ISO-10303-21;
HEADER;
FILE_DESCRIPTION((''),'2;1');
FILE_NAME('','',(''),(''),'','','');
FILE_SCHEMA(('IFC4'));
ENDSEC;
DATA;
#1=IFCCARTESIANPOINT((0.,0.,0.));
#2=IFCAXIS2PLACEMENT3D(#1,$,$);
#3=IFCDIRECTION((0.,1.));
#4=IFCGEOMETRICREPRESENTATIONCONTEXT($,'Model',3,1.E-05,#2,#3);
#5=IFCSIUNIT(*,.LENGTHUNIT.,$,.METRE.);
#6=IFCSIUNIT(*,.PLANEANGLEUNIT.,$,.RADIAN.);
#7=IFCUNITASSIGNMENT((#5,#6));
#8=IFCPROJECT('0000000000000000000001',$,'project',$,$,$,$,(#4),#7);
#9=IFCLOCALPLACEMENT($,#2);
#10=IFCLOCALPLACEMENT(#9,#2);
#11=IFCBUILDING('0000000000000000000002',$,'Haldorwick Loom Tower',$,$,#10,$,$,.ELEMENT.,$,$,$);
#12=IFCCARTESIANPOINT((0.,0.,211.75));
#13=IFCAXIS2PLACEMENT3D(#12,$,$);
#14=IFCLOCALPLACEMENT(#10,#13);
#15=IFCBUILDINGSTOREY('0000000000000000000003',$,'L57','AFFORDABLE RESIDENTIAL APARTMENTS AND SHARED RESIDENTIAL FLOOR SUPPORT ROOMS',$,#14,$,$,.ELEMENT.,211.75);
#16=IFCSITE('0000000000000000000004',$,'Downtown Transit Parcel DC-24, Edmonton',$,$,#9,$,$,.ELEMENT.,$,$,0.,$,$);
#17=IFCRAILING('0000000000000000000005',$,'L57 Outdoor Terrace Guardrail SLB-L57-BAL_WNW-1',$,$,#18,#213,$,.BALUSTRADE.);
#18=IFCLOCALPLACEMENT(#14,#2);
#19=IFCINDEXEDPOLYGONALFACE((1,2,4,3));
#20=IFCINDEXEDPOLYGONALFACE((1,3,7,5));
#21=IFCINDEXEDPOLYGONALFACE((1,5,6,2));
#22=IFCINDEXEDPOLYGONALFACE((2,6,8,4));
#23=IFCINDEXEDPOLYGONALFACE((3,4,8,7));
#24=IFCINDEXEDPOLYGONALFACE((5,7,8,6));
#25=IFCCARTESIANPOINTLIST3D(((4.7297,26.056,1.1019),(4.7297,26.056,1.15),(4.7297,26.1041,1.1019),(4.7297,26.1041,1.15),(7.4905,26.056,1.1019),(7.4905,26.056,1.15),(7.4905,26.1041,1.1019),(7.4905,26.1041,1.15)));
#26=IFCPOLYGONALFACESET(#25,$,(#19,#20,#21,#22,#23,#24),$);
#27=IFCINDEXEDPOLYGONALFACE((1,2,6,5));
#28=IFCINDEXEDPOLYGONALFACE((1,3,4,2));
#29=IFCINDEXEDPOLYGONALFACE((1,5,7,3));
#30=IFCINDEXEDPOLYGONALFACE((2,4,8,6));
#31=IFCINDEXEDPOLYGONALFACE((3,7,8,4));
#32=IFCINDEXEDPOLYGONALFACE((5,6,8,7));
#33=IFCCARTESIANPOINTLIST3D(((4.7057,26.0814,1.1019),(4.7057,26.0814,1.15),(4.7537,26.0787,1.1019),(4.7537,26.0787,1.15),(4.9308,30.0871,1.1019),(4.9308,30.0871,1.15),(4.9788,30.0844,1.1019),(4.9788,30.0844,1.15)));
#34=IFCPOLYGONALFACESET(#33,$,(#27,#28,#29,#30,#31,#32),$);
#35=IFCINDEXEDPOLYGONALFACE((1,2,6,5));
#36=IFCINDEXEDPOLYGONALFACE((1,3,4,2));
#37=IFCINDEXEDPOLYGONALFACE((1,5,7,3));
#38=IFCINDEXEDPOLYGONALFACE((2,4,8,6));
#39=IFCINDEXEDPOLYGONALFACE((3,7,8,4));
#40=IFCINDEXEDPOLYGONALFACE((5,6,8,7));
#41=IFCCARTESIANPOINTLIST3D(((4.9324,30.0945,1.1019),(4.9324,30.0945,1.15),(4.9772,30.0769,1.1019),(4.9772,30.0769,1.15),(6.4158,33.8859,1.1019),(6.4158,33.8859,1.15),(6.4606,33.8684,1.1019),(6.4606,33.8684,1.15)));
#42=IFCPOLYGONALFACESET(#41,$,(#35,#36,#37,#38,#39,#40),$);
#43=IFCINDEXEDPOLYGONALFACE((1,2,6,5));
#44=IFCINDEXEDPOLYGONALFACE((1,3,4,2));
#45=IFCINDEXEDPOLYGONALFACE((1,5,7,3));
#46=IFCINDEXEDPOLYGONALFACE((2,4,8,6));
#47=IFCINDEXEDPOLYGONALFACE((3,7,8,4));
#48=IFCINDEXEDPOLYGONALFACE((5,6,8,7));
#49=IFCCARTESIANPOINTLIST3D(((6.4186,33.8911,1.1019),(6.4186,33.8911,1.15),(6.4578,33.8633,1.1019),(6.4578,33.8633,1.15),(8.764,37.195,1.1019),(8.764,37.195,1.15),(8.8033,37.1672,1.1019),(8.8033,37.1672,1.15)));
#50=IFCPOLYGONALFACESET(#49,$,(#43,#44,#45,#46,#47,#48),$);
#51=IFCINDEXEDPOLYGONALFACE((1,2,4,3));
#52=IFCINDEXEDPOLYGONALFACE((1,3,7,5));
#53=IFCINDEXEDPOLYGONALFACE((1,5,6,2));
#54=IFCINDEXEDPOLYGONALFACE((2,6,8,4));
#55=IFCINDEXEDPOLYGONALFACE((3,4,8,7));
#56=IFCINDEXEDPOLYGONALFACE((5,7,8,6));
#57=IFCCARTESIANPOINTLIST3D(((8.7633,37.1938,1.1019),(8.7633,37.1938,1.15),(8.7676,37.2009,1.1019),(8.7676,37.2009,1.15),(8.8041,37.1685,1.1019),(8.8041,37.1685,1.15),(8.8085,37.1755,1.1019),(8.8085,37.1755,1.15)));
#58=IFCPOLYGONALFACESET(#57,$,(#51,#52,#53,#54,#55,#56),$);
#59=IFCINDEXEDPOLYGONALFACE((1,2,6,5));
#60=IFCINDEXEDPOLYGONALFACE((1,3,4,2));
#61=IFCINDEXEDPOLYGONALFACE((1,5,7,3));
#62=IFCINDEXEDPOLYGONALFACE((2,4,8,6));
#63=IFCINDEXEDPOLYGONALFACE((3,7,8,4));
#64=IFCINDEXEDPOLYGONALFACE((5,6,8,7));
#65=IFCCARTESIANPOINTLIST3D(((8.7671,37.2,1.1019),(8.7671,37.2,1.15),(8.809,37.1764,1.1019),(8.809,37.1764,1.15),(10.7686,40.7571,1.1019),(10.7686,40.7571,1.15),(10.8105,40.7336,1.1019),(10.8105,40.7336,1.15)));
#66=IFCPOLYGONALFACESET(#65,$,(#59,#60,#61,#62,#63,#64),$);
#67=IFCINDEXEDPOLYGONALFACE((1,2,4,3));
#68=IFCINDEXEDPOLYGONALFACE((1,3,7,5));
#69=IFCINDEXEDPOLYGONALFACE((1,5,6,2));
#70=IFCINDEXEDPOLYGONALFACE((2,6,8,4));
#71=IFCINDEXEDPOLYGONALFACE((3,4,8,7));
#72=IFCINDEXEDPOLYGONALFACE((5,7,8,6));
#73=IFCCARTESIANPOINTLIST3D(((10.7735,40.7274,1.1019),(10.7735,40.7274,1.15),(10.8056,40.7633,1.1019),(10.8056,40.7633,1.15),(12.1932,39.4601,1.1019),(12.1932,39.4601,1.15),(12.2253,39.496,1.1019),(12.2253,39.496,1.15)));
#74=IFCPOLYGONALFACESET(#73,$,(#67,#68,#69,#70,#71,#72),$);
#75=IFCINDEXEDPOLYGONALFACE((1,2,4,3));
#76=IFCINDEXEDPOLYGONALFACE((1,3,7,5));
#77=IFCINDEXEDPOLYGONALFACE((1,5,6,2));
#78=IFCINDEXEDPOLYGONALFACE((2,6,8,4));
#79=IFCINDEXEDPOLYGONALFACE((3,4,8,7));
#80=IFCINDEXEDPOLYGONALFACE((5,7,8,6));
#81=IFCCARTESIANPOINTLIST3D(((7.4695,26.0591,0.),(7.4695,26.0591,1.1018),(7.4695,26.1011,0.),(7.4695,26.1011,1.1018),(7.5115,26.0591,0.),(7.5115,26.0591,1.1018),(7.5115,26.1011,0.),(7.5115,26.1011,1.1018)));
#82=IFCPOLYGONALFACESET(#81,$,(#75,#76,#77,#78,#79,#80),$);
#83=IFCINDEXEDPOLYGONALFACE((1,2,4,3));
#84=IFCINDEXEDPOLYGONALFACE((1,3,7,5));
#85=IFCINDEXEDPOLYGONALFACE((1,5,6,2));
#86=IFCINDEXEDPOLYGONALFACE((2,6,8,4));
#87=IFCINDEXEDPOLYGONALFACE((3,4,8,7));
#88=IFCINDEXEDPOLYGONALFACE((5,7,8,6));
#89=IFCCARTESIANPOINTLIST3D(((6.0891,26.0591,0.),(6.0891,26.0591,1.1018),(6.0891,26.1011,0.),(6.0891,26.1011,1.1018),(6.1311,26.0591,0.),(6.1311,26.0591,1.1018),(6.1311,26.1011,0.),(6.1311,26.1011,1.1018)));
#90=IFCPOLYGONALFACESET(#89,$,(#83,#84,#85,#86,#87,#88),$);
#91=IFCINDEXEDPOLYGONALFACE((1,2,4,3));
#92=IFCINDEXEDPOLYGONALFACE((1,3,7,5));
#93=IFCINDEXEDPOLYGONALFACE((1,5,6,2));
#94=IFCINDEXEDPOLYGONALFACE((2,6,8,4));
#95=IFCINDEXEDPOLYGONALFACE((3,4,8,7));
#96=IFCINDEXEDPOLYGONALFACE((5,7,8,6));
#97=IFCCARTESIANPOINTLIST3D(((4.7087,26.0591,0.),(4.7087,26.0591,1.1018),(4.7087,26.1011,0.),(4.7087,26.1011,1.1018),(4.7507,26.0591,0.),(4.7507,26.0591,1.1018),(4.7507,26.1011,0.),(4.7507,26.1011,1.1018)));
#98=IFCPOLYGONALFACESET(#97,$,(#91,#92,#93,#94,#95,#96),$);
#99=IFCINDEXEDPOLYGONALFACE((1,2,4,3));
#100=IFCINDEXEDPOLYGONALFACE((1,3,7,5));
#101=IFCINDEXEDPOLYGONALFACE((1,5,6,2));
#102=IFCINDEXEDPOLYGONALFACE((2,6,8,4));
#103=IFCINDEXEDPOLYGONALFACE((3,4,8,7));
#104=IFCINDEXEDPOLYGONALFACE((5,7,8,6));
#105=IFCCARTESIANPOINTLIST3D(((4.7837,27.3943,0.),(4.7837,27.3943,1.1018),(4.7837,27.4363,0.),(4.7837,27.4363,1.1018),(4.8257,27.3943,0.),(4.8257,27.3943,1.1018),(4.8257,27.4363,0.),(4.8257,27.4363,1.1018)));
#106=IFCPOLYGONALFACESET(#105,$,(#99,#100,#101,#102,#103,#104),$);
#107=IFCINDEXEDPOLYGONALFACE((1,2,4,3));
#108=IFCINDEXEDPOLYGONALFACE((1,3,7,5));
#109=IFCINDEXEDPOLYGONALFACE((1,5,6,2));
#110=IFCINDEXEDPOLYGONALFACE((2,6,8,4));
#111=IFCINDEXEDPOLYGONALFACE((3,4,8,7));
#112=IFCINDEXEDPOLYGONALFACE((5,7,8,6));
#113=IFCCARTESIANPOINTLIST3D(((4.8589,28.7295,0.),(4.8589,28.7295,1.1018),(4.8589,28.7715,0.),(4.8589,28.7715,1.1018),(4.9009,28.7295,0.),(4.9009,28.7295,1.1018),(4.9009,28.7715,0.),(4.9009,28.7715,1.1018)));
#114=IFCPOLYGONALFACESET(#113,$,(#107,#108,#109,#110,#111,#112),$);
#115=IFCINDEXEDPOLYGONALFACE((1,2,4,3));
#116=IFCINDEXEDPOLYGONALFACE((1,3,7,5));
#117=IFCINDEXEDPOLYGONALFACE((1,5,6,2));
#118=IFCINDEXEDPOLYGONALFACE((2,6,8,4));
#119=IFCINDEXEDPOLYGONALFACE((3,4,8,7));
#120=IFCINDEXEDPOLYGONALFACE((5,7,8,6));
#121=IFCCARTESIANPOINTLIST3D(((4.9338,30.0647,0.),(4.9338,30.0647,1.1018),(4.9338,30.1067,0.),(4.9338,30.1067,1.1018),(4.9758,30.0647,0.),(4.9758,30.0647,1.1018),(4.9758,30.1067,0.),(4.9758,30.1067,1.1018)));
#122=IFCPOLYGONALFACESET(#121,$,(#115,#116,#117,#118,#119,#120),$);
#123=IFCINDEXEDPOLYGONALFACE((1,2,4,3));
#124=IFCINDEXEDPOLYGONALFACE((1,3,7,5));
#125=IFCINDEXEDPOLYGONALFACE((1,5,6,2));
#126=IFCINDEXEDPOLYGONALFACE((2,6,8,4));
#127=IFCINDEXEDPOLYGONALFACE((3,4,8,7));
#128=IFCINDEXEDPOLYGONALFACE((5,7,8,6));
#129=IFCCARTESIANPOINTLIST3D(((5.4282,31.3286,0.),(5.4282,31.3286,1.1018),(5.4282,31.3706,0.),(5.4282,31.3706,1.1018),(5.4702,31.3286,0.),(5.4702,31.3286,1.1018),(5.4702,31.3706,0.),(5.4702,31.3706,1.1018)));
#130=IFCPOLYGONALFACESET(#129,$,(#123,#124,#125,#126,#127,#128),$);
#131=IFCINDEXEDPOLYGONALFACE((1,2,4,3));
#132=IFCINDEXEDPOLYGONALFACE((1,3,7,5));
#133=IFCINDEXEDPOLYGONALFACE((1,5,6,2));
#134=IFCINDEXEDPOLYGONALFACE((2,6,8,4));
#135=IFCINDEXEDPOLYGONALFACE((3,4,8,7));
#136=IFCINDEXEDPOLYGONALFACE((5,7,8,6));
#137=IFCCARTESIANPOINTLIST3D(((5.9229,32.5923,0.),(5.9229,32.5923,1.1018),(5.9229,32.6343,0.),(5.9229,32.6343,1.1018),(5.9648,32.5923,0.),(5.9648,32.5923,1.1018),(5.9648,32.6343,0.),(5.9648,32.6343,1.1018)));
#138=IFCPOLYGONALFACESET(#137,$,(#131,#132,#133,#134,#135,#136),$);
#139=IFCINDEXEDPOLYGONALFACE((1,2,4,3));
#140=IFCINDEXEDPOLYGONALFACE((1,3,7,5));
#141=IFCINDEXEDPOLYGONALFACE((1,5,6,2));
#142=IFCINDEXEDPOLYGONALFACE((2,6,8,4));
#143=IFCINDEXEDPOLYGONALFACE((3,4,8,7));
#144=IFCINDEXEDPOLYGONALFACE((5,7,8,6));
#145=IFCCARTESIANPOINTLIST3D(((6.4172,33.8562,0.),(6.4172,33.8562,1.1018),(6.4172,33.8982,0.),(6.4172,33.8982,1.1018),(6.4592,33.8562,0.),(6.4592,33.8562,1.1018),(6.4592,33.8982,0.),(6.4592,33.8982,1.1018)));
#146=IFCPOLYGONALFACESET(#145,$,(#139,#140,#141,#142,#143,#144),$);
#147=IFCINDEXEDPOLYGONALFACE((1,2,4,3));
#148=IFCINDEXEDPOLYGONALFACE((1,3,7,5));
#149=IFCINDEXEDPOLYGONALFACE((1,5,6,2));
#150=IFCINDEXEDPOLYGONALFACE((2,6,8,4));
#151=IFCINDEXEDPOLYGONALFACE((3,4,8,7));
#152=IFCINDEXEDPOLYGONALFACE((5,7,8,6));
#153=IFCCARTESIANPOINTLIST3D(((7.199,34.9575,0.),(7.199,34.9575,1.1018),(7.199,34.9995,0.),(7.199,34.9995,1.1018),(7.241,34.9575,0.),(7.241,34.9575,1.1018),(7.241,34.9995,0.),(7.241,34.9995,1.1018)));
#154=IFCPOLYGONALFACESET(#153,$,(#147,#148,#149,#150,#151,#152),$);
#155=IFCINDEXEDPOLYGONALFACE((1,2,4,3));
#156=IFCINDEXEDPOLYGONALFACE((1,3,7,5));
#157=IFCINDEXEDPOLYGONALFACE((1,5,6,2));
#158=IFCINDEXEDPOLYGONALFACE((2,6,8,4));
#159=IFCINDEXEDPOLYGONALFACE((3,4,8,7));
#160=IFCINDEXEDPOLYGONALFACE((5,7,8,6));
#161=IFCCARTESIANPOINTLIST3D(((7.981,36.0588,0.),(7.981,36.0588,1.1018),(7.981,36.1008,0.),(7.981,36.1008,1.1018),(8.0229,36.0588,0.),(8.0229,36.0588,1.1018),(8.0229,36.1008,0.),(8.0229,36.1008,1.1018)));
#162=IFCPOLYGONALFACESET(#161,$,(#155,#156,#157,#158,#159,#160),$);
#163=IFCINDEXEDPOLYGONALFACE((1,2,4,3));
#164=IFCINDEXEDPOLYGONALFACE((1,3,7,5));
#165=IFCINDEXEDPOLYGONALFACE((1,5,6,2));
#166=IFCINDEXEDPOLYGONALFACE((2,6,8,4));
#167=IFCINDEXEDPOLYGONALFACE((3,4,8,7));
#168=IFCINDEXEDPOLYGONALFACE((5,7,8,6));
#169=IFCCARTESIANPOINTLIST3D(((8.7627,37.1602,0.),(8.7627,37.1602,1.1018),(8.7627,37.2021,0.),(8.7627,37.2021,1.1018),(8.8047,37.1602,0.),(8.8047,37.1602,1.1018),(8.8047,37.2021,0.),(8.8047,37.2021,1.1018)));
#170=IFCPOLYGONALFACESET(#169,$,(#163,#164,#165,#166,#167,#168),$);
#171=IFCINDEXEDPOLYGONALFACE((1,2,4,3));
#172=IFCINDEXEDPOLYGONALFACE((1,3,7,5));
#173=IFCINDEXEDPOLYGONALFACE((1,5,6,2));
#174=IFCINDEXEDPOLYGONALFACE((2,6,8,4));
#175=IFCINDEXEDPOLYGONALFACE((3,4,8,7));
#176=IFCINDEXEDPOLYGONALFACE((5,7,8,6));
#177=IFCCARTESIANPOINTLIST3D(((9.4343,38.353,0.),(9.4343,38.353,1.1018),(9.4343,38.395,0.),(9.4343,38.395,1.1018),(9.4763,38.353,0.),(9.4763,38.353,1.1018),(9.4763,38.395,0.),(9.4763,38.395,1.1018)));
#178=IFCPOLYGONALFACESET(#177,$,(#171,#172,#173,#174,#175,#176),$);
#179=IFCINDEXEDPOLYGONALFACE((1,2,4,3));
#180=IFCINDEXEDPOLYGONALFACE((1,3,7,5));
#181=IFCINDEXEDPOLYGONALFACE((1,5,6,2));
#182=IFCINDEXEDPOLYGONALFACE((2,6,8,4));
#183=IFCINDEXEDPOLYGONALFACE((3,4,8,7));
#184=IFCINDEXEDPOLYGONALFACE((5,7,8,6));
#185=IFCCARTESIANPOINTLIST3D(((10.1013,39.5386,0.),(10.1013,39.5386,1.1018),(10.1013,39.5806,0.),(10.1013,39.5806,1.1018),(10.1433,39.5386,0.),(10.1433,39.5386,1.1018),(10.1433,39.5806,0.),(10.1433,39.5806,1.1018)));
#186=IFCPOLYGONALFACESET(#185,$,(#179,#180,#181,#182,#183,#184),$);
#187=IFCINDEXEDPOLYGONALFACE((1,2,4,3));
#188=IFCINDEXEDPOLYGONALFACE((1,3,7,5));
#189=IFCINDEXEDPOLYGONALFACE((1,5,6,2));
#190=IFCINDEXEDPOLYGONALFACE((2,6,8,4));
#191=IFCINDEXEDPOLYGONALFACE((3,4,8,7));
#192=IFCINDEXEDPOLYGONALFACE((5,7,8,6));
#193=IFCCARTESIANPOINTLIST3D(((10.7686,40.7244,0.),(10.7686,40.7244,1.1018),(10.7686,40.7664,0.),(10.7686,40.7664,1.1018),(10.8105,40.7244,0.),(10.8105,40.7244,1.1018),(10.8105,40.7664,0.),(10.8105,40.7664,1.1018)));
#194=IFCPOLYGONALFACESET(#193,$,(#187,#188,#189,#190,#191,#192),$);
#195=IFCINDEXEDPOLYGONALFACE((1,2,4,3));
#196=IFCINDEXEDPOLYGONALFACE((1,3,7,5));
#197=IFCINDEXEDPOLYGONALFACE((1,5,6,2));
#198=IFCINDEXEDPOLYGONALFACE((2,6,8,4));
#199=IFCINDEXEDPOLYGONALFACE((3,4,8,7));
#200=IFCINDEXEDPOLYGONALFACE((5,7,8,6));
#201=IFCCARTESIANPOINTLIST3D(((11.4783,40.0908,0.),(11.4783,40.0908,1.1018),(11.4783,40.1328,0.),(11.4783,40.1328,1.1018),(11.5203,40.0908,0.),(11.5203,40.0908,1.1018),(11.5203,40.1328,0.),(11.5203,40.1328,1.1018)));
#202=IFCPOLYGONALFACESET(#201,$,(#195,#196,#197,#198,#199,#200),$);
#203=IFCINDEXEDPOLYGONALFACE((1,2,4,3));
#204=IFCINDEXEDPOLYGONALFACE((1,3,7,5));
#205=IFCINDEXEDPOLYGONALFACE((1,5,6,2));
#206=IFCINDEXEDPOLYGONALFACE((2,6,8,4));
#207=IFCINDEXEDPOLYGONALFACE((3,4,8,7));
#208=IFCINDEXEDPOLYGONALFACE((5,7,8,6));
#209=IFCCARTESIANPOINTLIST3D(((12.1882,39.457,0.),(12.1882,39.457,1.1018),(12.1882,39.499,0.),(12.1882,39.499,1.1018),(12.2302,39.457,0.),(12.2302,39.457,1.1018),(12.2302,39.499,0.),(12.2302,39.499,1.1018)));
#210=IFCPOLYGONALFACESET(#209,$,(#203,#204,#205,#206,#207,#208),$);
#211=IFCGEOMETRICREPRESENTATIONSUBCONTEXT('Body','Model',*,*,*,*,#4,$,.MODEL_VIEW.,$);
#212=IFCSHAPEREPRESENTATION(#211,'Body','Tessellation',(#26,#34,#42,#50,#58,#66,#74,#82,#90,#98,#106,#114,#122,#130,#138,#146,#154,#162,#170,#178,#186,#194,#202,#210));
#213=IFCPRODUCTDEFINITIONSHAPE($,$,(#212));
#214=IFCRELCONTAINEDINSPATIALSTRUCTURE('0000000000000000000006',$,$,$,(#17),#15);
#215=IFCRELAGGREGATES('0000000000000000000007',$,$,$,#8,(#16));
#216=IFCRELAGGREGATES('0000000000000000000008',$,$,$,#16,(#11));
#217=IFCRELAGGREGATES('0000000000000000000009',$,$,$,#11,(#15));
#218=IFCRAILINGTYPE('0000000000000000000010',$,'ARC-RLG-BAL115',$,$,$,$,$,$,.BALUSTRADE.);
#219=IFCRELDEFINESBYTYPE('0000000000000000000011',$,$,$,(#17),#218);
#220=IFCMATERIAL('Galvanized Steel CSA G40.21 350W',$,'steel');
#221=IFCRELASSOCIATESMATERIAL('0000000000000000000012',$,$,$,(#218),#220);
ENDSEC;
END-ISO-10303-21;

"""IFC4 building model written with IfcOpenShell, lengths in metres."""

from ifc_helpers import new_model, si_unit, direction, frame, origin, origin_2d, place, context, subcontext, project, spatial, rectangle, extrude, material, type_object, element, save


model = new_model("IFC4")

# Units and contexts
model_context = context("Model", 3, precision=1e-05, world=origin(), true_north=direction((0.0, 1.0)))
body_context = subcontext(model_context, "Body", "Model", "MODEL_VIEW")
ifc_project = project(units=[si_unit("LENGTHUNIT", "METRE"), si_unit("PLANEANGLEUNIT", "RADIAN")], contexts=[model_context])

# Site, building, storey
site_placement = place(None, origin())
site = spatial("IfcSite", under=ifc_project, at=site_placement, Name="Downtown Transit Parcel DC-24, Edmonton", CompositionType="ELEMENT", RefElevation=0.0)
building_placement = place(site_placement, origin())
building = spatial("IfcBuilding", under=site, at=building_placement, Name="Haldorwick Loom Tower", CompositionType="ELEMENT")
storey_placement = place(building_placement, frame((0.0, 0.0, 211.75)))
storey = spatial("IfcBuildingStorey", under=building, at=storey_placement, Name="L57", Description="AFFORDABLE RESIDENTIAL APARTMENTS AND SHARED RESIDENTIAL FLOOR SUPPORT ROOMS", CompositionType="ELEMENT", Elevation=211.75)

# Railing
ifc_material_1 = material(Name="Galvanized Steel CSA G40.21 350W", Category="steel")
railing_type = type_object("IfcRailingType", Name="ARC-RLG-BAL115", PredefinedType="BALUSTRADE", material=ifc_material_1)
railing_placement = place(storey_placement, frame((7.4905, 26.0801, 0.0)))
element("IfcRailing", 1, at=railing_placement, inside=storey, type_object=railing_type, Name="L57 Outdoor Terrace Guardrail SLB-L57-BAL_WNW-1", PredefinedType="BALUSTRADE", context=body_context, shape_type="SweptSolid", body=[
    extrude(rectangle(XDim=0.0481, YDim=0.0481, at=origin_2d()), frame((0.0, 0.0, 1.126), z_axis=(-1.0, 0.0, 0.0), x_axis=(0.0, -1.0, 0.0)), (0.0, 0.0, 1.0), 2.7607),
    extrude(rectangle(XDim=0.0481, YDim=0.0481, at=origin_2d()), frame((-2.7607, 0.0, 1.126), z_axis=(0.056107, 0.998425, 0.0), x_axis=(-0.998425, 0.056107, 0.0)), (0.0, 0.0, 1.0), 4.012),
    extrude(rectangle(XDim=0.0481, YDim=0.0481, at=origin_2d()), frame((-2.5356, 4.0056, 1.126), z_axis=(0.36435, 0.931262, 0.0), x_axis=(-0.931262, 0.36435, 0.0)), (0.0, 0.0, 1.0), 4.0713),
    extrude(rectangle(XDim=0.0481, YDim=0.0481, at=origin_2d()), frame((-1.0522, 7.7971, 1.126), z_axis=(0.578865, 0.815424, 0.0), x_axis=(-0.815424, 0.578865, 0.0)), (0.0, 0.0, 1.0), 4.0518),
    extrude(rectangle(XDim=0.0481, YDim=0.0481, at=origin_2d()), frame((1.2932, 11.1011, 1.126), z_axis=(0.527363, 0.84964, 0.0), x_axis=(-0.84964, 0.527363, 0.0)), (0.0, 0.0, 1.0), 0.0083),
    extrude(rectangle(XDim=0.0481, YDim=0.0481, at=origin_2d()), frame((1.2976, 11.1082, 1.126), z_axis=(0.490369, 0.871515, 0.0), x_axis=(-0.871515, 0.490369, 0.0)), (0.0, 0.0, 1.0), 4.0815),
    extrude(rectangle(XDim=0.0481, YDim=0.0481, at=origin_2d()), frame((3.2991, 14.6653, 1.126), z_axis=(0.745999, -0.665947, 0.0), x_axis=(0.665947, 0.745999, 0.0)), (0.0, 0.0, 1.0), 1.9031),
    extrude(rectangle(XDim=0.042, YDim=0.042, at=origin_2d()), origin(), (0.0, 0.0, 1.0), 1.1018),
    extrude(rectangle(XDim=0.042, YDim=0.042, at=origin_2d()), frame((-1.3804, 0.0, 0.0)), (0.0, 0.0, 1.0), 1.1018),
    extrude(rectangle(XDim=0.042, YDim=0.042, at=origin_2d()), frame((-2.7607, 0.0, 0.0)), (0.0, 0.0, 1.0), 1.1018),
    extrude(rectangle(XDim=0.042, YDim=0.042, at=origin_2d()), frame((-2.6858, 1.3352, 0.0)), (0.0, 0.0, 1.0), 1.1018),
    extrude(rectangle(XDim=0.042, YDim=0.042, at=origin_2d()), frame((-2.6106, 2.6704, 0.0)), (0.0, 0.0, 1.0), 1.1018),
    extrude(rectangle(XDim=0.042, YDim=0.042, at=origin_2d()), frame((-2.5356, 4.0056, 0.0)), (0.0, 0.0, 1.0), 1.1018),
    extrude(rectangle(XDim=0.042, YDim=0.042, at=origin_2d()), frame((-2.0413, 5.2695, 0.0)), (0.0, 0.0, 1.0), 1.1018),
    extrude(rectangle(XDim=0.042, YDim=0.042, at=origin_2d()), frame((-1.5466, 6.5332, 0.0)), (0.0, 0.0, 1.0), 1.1018),
    extrude(rectangle(XDim=0.042, YDim=0.042, at=origin_2d()), frame((-1.0522, 7.7971, 0.0)), (0.0, 0.0, 1.0), 1.1018),
    extrude(rectangle(XDim=0.042, YDim=0.042, at=origin_2d()), frame((-0.2705, 8.8984, 0.0)), (0.0, 0.0, 1.0), 1.1018),
    extrude(rectangle(XDim=0.042, YDim=0.042, at=origin_2d()), frame((0.5115, 9.9998, 0.0)), (0.0, 0.0, 1.0), 1.1018),
    extrude(rectangle(XDim=0.042, YDim=0.042, at=origin_2d()), frame((1.2932, 11.1011, 0.0)), (0.0, 0.0, 1.0), 1.1018),
    extrude(rectangle(XDim=0.042, YDim=0.042, at=origin_2d()), frame((1.9648, 12.2939, 0.0)), (0.0, 0.0, 1.0), 1.1018),
    extrude(rectangle(XDim=0.042, YDim=0.042, at=origin_2d()), frame((2.6318, 13.4795, 0.0)), (0.0, 0.0, 1.0), 1.1018),
    extrude(rectangle(XDim=0.042, YDim=0.042, at=origin_2d()), frame((3.2991, 14.6653, 0.0)), (0.0, 0.0, 1.0), 1.1018),
    extrude(rectangle(XDim=0.042, YDim=0.042, at=origin_2d()), frame((4.0088, 14.0317, 0.0)), (0.0, 0.0, 1.0), 1.1018),
    extrude(rectangle(XDim=0.042, YDim=0.042, at=origin_2d()), frame((4.7188, 13.3979, 0.0)), (0.0, 0.0, 1.0), 1.1018),
])

save(model, "model.ifc")
